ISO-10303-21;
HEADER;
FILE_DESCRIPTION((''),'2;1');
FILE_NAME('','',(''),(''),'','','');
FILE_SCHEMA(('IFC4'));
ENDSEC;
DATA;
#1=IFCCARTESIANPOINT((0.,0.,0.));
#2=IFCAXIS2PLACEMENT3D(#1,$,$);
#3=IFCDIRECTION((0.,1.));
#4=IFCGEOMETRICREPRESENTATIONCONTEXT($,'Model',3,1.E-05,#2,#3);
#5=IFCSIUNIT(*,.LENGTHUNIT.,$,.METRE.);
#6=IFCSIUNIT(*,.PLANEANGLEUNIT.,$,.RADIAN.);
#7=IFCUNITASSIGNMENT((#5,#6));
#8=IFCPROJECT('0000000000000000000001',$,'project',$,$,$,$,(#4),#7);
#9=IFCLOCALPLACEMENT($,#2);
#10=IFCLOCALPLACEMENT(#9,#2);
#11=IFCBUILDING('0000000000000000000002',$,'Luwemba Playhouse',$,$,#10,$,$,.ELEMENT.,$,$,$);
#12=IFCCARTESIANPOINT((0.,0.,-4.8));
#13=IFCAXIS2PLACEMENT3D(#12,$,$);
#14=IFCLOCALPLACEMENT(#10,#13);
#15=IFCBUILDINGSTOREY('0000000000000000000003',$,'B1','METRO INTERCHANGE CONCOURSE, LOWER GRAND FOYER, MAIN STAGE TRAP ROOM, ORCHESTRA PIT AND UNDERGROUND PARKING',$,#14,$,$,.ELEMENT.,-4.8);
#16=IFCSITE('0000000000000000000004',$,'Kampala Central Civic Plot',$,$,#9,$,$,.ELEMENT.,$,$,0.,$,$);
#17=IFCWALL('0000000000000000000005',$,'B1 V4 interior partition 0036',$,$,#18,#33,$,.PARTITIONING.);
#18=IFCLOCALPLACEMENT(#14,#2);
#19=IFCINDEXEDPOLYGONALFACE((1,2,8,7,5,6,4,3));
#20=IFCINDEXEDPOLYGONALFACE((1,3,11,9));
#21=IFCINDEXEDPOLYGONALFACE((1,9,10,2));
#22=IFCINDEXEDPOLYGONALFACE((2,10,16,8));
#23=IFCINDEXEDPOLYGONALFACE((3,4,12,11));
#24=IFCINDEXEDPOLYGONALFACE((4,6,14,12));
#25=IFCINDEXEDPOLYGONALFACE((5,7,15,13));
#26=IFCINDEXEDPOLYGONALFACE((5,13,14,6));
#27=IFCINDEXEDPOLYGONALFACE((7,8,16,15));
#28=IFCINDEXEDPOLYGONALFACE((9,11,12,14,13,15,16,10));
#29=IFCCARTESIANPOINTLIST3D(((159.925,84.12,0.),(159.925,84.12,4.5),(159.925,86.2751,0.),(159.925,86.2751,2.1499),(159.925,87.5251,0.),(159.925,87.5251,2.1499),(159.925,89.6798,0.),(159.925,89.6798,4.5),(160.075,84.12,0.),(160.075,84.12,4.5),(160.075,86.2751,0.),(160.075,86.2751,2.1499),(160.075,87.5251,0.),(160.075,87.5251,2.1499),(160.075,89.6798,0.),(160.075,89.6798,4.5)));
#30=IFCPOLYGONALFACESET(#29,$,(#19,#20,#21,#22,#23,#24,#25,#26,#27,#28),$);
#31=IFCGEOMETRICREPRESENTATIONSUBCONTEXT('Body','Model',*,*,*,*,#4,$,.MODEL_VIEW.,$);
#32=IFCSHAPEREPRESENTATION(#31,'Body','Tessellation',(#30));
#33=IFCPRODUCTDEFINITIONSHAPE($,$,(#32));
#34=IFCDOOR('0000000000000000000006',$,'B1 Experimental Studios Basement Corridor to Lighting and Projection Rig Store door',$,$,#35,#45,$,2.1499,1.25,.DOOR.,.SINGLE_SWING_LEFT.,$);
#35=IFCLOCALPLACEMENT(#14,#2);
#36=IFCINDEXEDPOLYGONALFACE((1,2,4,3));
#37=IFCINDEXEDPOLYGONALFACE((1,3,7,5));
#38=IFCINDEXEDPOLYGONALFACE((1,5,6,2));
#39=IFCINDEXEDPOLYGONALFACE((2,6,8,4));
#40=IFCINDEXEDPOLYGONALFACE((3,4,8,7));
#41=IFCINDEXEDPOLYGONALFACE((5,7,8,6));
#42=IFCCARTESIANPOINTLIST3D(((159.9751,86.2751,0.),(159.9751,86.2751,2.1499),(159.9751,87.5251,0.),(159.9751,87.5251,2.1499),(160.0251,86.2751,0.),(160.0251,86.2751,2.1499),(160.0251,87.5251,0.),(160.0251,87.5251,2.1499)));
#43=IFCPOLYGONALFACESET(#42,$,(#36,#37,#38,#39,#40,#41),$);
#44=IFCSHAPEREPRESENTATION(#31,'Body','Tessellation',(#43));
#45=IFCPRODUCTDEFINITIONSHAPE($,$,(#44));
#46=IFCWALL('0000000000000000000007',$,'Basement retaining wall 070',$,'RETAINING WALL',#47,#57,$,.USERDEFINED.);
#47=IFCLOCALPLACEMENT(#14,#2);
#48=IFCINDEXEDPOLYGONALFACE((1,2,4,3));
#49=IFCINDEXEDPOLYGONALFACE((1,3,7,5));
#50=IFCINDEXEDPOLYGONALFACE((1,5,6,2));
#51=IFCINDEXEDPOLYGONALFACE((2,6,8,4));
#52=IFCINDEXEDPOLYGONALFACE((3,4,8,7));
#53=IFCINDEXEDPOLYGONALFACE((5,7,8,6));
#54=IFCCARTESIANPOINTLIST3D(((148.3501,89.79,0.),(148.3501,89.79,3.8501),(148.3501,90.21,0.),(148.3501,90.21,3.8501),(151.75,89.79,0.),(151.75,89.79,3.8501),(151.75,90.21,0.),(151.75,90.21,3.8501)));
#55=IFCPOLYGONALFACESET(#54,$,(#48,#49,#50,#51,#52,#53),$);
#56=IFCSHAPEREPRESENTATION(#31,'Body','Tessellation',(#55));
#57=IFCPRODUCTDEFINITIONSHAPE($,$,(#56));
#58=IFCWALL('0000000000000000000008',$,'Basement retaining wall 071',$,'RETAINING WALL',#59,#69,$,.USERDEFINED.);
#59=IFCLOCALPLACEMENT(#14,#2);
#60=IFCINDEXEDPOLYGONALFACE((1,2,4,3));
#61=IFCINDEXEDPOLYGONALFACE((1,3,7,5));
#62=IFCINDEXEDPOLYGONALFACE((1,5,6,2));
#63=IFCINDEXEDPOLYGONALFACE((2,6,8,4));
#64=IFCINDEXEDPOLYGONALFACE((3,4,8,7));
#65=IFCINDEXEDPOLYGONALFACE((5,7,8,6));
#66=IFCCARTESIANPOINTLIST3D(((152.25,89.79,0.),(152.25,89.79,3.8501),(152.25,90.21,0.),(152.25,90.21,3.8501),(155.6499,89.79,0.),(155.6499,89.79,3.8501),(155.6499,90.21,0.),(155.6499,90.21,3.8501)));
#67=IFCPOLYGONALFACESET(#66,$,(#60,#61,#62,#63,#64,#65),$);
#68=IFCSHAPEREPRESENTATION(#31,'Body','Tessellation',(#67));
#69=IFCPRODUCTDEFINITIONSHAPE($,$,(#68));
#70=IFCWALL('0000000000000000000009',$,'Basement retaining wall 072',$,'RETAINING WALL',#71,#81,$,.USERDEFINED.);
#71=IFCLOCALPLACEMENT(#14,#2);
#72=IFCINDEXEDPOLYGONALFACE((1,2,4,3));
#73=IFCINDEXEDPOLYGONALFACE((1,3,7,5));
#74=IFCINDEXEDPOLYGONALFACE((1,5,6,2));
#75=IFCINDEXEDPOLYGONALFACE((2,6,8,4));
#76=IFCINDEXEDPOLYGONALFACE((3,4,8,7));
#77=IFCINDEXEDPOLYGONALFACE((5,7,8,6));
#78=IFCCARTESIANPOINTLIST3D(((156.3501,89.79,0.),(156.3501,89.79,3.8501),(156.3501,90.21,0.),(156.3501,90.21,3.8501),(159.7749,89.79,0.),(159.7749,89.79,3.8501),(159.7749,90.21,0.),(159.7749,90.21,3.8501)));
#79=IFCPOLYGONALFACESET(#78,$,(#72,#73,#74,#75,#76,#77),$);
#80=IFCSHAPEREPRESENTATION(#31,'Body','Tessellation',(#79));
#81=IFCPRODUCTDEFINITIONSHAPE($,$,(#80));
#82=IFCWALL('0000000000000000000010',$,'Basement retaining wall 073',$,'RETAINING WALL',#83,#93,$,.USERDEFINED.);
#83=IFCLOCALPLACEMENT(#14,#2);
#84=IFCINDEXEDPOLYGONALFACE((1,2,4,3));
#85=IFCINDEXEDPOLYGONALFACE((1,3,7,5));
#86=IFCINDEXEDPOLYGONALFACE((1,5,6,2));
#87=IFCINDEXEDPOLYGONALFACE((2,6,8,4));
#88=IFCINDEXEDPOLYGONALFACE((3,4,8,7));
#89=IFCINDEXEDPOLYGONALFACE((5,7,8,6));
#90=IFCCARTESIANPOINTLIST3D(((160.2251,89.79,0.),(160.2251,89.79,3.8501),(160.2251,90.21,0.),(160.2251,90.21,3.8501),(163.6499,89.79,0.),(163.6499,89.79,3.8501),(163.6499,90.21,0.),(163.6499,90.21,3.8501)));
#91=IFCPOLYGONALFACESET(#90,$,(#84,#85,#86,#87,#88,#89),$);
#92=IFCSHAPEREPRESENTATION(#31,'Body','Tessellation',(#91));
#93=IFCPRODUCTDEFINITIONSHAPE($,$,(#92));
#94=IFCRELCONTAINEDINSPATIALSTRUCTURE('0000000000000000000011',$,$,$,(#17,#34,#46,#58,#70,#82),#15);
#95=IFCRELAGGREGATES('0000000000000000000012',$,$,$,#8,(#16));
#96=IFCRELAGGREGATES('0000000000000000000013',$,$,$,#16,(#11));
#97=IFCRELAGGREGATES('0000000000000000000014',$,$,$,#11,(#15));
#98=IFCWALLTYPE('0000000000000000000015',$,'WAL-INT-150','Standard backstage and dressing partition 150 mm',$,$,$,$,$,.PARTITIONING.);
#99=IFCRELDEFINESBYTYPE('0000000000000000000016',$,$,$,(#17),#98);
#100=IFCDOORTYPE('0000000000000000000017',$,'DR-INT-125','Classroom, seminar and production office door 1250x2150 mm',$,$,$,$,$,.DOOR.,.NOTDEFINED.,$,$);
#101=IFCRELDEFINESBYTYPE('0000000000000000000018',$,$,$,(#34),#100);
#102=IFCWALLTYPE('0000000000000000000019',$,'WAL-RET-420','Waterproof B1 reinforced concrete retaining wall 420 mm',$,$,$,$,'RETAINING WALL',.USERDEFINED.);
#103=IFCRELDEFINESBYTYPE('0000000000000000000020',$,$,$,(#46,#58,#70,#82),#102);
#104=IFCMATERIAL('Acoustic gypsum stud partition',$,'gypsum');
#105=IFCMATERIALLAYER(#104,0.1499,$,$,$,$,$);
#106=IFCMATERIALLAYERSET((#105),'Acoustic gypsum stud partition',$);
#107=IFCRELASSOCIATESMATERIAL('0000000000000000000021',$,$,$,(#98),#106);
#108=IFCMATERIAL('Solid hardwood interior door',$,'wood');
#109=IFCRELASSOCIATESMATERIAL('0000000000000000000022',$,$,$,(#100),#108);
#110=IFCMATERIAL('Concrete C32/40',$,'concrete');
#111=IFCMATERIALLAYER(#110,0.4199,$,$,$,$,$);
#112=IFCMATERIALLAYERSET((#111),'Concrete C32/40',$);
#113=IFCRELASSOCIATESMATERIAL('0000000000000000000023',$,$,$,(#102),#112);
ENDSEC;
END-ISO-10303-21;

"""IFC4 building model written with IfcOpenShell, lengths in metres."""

from ifc_helpers import new_model, si_unit, direction, frame, frame_2d, origin, place, context, subcontext, project, spatial, rectangle, extrude, material, layer, layer_set, type_object, element, fill, save


model = new_model("IFC4")

# Units and contexts
model_context = context("Model", 3, precision=1e-05, world=origin(), true_north=direction((0.0, 1.0)))
body_context = subcontext(model_context, "Body", "Model", "MODEL_VIEW")
ifc_project = project(units=[si_unit("LENGTHUNIT", "METRE"), si_unit("PLANEANGLEUNIT", "RADIAN")], contexts=[model_context])

# Site, building, storey
site_placement = place(None, origin())
site = spatial("IfcSite", under=ifc_project, at=site_placement, Name="Kampala Central Civic Plot", CompositionType="ELEMENT", RefElevation=0.0)
building_placement = place(site_placement, origin())
building = spatial("IfcBuilding", under=site, at=building_placement, Name="Luwemba Playhouse", CompositionType="ELEMENT")
storey_placement = place(building_placement, frame((0.0, 0.0, -4.8)))
storey = spatial("IfcBuildingStorey", under=building, at=storey_placement, Name="B1", Description="METRO INTERCHANGE CONCOURSE, LOWER GRAND FOYER, MAIN STAGE TRAP ROOM, ORCHESTRA PIT AND UNDERGROUND PARKING", CompositionType="ELEMENT", Elevation=-4.8)

# Shared definitions
ifc_material_1 = material(Name="Concrete C32/40", Category="concrete")

# Wall, opening, door
ifc_material_2 = material(Name="Acoustic gypsum stud partition", Category="gypsum")
ifc_layer_1 = layer(ifc_material_2, 0.1499)
ifc_layer_set_1 = layer_set([ifc_layer_1], Name="Acoustic gypsum stud partition")
wall_type_1 = type_object("IfcWallType", Name="WAL-INT-150", Description="Standard backstage and dressing partition 150 mm", PredefinedType="PARTITIONING", material=ifc_layer_set_1)
wall_placement = place(storey_placement, frame((160.0, 84.1201, 0.0), z_axis=(0.0, 0.0, 1.0), x_axis=(0.0, 1.0, 0.0)))
wall = element("IfcWall", 1, at=wall_placement, inside=storey, type_object=wall_type_1, Name="B1 V4 interior partition 0036", PredefinedType="PARTITIONING", context=body_context, shape_type="SweptSolid", body=[
    extrude(rectangle(XDim=5.5598, YDim=0.1499, at=frame_2d((2.7798, 0.0))), origin(), (0.0, 0.0, 1.0), 4.5),
])
opening_placement = place(wall_placement, frame((2.155, 0.0, 0.0)))
opening = element("IfcOpeningElement", 2, at=opening_placement, cuts=wall, PredefinedType="OPENING", context=body_context, shape_type="SweptSolid", body=[
    extrude(rectangle(XDim=1.25, YDim=2.1499, at=frame_2d((0.625, 1.075))), frame((0.0, 0.085, 0.0), z_axis=(0.0, -1.0, 0.0), x_axis=(1.0, 0.0, 0.0)), (0.0, 0.0, 1.0), 0.1699),
])
ifc_material_3 = material(Name="Solid hardwood interior door", Category="wood")
door_type = type_object("IfcDoorType", Name="DR-INT-125", Description="Classroom, seminar and production office door 1250x2150 mm", OperationType="NOTDEFINED", PredefinedType="DOOR", material=ifc_material_3)
door_placement = place(opening_placement, origin())
door = element("IfcDoor", 3, at=door_placement, inside=storey, type_object=door_type, Name="B1 Experimental Studios Basement Corridor to Lighting and Projection Rig Store door", OperationType="SINGLE_SWING_LEFT", OverallHeight=2.1499, OverallWidth=1.25, PredefinedType="DOOR", context=body_context, shape_type="SweptSolid", body=[
    extrude(rectangle(XDim=1.25, YDim=2.1499, at=frame_2d((0.625, 1.075))), frame((0.0, 0.0249, 0.0), z_axis=(0.0, -1.0, 0.0), x_axis=(1.0, 0.0, 0.0)), (0.0, 0.0, 1.0), 0.05),
])
fill(opening, door)

# Walls
ifc_layer_2 = layer(ifc_material_1, 0.4199)
ifc_layer_set_2 = layer_set([ifc_layer_2], Name="Concrete C32/40")
wall_type_2 = type_object("IfcWallType", Name="WAL-RET-420", Description="Waterproof B1 reinforced concrete retaining wall 420 mm", ElementType="RETAINING WALL", PredefinedType="USERDEFINED", material=ifc_layer_set_2)
for number, where, z_axis, x_axis, name in (
    (4, (148.3501, 90.0, 0.0), (0.0, 0.0, 1.0), (1.0, 0.0, 0.0), "Basement retaining wall 070"),
    (5, (152.25, 90.0, 0.0), (0.0, 0.0, 1.0), (1.0, 0.0, 0.0), "Basement retaining wall 071"),
):
    element("IfcWall", number, at=place(storey_placement, frame(where, z_axis=z_axis, x_axis=x_axis)), inside=storey, type_object=wall_type_2, Name=name, ObjectType="RETAINING WALL", PredefinedType="USERDEFINED", context=body_context, shape_type="SweptSolid", body=[
        extrude(rectangle(XDim=3.3999, YDim=0.4199, at=frame_2d((1.7, 0.0))), origin(), (0.0, 0.0, 1.0), 3.8501),
    ])
for number, where, z_axis, x_axis, name in (
    (6, (156.3501, 90.0, 0.0), (0.0, 0.0, 1.0), (1.0, 0.0, 0.0), "Basement retaining wall 072"),
    (7, (160.2251, 90.0, 0.0), (0.0, 0.0, 1.0), (1.0, 0.0, 0.0), "Basement retaining wall 073"),
):
    element("IfcWall", number, at=place(storey_placement, frame(where, z_axis=z_axis, x_axis=x_axis)), inside=storey, type_object=wall_type_2, Name=name, ObjectType="RETAINING WALL", PredefinedType="USERDEFINED", context=body_context, shape_type="SweptSolid", body=[
        extrude(rectangle(XDim=3.4248, YDim=0.4199, at=frame_2d((1.7124, 0.0))), origin(), (0.0, 0.0, 1.0), 3.8501),
    ])

save(model, "model.ifc")
